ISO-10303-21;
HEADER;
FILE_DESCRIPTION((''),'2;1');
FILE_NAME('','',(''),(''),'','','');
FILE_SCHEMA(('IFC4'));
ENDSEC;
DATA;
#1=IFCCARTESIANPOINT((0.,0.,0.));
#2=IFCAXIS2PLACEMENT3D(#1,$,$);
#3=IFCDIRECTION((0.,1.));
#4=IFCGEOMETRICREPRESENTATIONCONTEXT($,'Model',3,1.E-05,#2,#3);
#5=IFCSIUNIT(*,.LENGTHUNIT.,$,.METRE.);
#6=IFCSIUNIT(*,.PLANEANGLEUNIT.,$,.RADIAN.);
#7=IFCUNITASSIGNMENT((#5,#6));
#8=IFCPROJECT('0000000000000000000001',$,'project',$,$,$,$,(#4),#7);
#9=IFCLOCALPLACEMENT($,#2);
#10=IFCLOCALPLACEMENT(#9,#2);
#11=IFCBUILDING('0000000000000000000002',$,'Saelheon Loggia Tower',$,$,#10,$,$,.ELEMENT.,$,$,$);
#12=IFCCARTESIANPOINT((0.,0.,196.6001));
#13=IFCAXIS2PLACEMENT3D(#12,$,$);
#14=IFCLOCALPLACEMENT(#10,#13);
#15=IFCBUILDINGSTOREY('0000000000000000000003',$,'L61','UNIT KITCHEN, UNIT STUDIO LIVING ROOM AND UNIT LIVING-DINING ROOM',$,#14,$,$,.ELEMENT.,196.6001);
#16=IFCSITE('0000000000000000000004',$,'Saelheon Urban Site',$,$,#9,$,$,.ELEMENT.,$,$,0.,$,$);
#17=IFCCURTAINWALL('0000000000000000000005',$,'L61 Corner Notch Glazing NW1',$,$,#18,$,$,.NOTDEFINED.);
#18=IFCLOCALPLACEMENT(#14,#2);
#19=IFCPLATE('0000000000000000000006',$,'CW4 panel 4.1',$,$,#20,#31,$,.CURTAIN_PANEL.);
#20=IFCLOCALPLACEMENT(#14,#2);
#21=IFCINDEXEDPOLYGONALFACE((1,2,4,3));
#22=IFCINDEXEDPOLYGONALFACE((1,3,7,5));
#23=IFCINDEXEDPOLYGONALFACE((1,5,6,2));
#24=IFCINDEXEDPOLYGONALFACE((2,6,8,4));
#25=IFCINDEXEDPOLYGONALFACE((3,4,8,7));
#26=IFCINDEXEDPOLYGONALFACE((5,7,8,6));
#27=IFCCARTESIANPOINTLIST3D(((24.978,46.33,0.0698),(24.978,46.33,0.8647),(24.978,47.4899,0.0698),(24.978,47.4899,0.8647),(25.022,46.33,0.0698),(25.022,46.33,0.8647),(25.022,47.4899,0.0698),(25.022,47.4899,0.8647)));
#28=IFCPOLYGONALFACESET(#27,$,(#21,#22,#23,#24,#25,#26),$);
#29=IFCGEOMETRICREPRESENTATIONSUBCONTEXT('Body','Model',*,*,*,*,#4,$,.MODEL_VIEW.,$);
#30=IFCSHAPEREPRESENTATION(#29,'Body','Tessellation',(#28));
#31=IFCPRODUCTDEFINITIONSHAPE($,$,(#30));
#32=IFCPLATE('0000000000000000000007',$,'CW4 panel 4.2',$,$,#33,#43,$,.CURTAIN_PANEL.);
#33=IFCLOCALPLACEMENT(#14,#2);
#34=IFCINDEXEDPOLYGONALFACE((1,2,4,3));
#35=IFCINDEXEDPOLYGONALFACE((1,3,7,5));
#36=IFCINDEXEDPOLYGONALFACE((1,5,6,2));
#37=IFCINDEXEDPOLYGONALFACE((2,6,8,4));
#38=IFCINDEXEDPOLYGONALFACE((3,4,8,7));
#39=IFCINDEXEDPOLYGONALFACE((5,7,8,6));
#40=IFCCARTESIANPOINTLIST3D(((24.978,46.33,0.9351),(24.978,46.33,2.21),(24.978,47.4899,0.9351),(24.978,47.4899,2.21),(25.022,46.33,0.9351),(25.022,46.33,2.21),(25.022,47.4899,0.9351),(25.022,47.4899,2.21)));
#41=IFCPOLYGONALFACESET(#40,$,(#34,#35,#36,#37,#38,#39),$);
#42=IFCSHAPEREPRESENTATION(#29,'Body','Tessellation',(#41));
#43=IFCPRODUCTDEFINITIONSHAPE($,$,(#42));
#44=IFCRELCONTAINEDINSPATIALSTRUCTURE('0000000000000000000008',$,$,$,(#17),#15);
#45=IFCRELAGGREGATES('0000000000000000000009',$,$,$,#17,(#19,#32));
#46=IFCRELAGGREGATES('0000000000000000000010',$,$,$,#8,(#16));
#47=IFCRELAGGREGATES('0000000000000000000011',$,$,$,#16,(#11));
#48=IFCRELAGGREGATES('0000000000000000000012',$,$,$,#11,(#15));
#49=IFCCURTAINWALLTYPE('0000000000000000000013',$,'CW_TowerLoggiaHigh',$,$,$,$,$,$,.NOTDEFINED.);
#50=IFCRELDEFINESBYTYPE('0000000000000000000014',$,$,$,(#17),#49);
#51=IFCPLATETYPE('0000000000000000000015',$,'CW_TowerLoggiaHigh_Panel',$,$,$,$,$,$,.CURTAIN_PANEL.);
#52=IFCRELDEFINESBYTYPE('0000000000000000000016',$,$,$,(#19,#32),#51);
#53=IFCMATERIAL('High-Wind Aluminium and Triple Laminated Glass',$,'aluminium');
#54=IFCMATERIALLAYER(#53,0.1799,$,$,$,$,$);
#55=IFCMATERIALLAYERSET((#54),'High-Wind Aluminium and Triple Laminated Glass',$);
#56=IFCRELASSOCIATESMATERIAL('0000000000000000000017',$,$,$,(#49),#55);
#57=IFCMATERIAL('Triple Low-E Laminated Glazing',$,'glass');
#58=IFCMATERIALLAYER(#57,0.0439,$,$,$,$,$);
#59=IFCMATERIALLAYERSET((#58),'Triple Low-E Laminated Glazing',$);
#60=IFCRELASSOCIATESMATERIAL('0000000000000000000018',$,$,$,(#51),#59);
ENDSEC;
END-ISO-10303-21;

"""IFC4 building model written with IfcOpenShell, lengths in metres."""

from ifc_helpers import new_model, si_unit, direction, frame, origin, origin_2d, place, context, subcontext, project, spatial, rectangle, extrude, source, transform, mapped, material, layer, layer_set, type_object, element, aggregate, save


model = new_model("IFC4")

# Units and contexts
model_context = context("Model", 3, precision=1e-05, world=origin(), true_north=direction((0.0, 1.0)))
body_context = subcontext(model_context, "Body", "Model", "MODEL_VIEW")
ifc_project = project(units=[si_unit("LENGTHUNIT", "METRE"), si_unit("PLANEANGLEUNIT", "RADIAN")], contexts=[model_context])

# Site, building, storey
site_placement = place(None, origin())
site = spatial("IfcSite", under=ifc_project, at=site_placement, Name="Saelheon Urban Site", CompositionType="ELEMENT", RefElevation=0.0)
building_placement = place(site_placement, origin())
building = spatial("IfcBuilding", under=site, at=building_placement, Name="Saelheon Loggia Tower", CompositionType="ELEMENT")
storey_placement = place(building_placement, frame((0.0, 0.0, 196.6001)))
storey = spatial("IfcBuildingStorey", under=building, at=storey_placement, Name="L61", Description="UNIT KITCHEN, UNIT STUDIO LIVING ROOM AND UNIT LIVING-DINING ROOM", CompositionType="ELEMENT", Elevation=196.6001)

# Curtain wall, plates
ifc_material_1 = material(Name="High-Wind Aluminium and Triple Laminated Glass", Category="aluminium")
ifc_layer_1 = layer(ifc_material_1, 0.1799)
ifc_layer_set_1 = layer_set([ifc_layer_1], Name="High-Wind Aluminium and Triple Laminated Glass")
curtain_wall_type = type_object("IfcCurtainWallType", Name="CW_TowerLoggiaHigh", PredefinedType="NOTDEFINED", material=ifc_layer_set_1)
curtain_wall_placement = place(storey_placement, origin())
curtain_wall = element("IfcCurtainWall", 1, at=curtain_wall_placement, inside=storey, type_object=curtain_wall_type, Name="L61 Corner Notch Glazing NW1", PredefinedType="NOTDEFINED")
ifc_material_2 = material(Name="Triple Low-E Laminated Glazing", Category="glass")
ifc_layer_2 = layer(ifc_material_2, 0.0439)
ifc_layer_set_2 = layer_set([ifc_layer_2], Name="Triple Low-E Laminated Glazing")
plate_type = type_object("IfcPlateType", Name="CW_TowerLoggiaHigh_Panel", PredefinedType="CURTAIN_PANEL", material=ifc_layer_set_2)
shared_shape_1 = source(origin(), body_context, "Body", "SweptSolid", [
    extrude(rectangle(XDim=1.1599, YDim=0.0439, at=origin_2d()), origin(), (0.0, 0.0, 1.0), 0.7949),
])
plate_1_placement = place(storey_placement, frame((25.0, 46.9099, 0.0698), z_axis=(0.0, 0.0, 1.0), x_axis=(0.0, 1.0, 0.0)))
plate_1 = element("IfcPlate", 2, at=plate_1_placement, type_object=plate_type, Name="CW4 panel 4.1", PredefinedType="CURTAIN_PANEL", context=body_context, shape_type="MappedRepresentation", body=[
    mapped(shared_shape_1, transform((0.0, 0.0, 0.0), scale=1.0)),
])
shared_shape_2 = source(origin(), body_context, "Body", "SweptSolid", [
    extrude(rectangle(XDim=1.1599, YDim=0.0439, at=origin_2d()), origin(), (0.0, 0.0, 1.0), 1.2749),
])
plate_2_placement = place(storey_placement, frame((25.0, 46.9099, 0.9351), z_axis=(0.0, 0.0, 1.0), x_axis=(0.0, 1.0, 0.0)))
plate_2 = element("IfcPlate", 3, at=plate_2_placement, type_object=plate_type, Name="CW4 panel 4.2", PredefinedType="CURTAIN_PANEL", context=body_context, shape_type="MappedRepresentation", body=[
    mapped(shared_shape_2, transform((0.0, 0.0, 0.0), scale=1.0)),
])
aggregate(curtain_wall, [plate_1, plate_2])

save(model, "model.ifc")
